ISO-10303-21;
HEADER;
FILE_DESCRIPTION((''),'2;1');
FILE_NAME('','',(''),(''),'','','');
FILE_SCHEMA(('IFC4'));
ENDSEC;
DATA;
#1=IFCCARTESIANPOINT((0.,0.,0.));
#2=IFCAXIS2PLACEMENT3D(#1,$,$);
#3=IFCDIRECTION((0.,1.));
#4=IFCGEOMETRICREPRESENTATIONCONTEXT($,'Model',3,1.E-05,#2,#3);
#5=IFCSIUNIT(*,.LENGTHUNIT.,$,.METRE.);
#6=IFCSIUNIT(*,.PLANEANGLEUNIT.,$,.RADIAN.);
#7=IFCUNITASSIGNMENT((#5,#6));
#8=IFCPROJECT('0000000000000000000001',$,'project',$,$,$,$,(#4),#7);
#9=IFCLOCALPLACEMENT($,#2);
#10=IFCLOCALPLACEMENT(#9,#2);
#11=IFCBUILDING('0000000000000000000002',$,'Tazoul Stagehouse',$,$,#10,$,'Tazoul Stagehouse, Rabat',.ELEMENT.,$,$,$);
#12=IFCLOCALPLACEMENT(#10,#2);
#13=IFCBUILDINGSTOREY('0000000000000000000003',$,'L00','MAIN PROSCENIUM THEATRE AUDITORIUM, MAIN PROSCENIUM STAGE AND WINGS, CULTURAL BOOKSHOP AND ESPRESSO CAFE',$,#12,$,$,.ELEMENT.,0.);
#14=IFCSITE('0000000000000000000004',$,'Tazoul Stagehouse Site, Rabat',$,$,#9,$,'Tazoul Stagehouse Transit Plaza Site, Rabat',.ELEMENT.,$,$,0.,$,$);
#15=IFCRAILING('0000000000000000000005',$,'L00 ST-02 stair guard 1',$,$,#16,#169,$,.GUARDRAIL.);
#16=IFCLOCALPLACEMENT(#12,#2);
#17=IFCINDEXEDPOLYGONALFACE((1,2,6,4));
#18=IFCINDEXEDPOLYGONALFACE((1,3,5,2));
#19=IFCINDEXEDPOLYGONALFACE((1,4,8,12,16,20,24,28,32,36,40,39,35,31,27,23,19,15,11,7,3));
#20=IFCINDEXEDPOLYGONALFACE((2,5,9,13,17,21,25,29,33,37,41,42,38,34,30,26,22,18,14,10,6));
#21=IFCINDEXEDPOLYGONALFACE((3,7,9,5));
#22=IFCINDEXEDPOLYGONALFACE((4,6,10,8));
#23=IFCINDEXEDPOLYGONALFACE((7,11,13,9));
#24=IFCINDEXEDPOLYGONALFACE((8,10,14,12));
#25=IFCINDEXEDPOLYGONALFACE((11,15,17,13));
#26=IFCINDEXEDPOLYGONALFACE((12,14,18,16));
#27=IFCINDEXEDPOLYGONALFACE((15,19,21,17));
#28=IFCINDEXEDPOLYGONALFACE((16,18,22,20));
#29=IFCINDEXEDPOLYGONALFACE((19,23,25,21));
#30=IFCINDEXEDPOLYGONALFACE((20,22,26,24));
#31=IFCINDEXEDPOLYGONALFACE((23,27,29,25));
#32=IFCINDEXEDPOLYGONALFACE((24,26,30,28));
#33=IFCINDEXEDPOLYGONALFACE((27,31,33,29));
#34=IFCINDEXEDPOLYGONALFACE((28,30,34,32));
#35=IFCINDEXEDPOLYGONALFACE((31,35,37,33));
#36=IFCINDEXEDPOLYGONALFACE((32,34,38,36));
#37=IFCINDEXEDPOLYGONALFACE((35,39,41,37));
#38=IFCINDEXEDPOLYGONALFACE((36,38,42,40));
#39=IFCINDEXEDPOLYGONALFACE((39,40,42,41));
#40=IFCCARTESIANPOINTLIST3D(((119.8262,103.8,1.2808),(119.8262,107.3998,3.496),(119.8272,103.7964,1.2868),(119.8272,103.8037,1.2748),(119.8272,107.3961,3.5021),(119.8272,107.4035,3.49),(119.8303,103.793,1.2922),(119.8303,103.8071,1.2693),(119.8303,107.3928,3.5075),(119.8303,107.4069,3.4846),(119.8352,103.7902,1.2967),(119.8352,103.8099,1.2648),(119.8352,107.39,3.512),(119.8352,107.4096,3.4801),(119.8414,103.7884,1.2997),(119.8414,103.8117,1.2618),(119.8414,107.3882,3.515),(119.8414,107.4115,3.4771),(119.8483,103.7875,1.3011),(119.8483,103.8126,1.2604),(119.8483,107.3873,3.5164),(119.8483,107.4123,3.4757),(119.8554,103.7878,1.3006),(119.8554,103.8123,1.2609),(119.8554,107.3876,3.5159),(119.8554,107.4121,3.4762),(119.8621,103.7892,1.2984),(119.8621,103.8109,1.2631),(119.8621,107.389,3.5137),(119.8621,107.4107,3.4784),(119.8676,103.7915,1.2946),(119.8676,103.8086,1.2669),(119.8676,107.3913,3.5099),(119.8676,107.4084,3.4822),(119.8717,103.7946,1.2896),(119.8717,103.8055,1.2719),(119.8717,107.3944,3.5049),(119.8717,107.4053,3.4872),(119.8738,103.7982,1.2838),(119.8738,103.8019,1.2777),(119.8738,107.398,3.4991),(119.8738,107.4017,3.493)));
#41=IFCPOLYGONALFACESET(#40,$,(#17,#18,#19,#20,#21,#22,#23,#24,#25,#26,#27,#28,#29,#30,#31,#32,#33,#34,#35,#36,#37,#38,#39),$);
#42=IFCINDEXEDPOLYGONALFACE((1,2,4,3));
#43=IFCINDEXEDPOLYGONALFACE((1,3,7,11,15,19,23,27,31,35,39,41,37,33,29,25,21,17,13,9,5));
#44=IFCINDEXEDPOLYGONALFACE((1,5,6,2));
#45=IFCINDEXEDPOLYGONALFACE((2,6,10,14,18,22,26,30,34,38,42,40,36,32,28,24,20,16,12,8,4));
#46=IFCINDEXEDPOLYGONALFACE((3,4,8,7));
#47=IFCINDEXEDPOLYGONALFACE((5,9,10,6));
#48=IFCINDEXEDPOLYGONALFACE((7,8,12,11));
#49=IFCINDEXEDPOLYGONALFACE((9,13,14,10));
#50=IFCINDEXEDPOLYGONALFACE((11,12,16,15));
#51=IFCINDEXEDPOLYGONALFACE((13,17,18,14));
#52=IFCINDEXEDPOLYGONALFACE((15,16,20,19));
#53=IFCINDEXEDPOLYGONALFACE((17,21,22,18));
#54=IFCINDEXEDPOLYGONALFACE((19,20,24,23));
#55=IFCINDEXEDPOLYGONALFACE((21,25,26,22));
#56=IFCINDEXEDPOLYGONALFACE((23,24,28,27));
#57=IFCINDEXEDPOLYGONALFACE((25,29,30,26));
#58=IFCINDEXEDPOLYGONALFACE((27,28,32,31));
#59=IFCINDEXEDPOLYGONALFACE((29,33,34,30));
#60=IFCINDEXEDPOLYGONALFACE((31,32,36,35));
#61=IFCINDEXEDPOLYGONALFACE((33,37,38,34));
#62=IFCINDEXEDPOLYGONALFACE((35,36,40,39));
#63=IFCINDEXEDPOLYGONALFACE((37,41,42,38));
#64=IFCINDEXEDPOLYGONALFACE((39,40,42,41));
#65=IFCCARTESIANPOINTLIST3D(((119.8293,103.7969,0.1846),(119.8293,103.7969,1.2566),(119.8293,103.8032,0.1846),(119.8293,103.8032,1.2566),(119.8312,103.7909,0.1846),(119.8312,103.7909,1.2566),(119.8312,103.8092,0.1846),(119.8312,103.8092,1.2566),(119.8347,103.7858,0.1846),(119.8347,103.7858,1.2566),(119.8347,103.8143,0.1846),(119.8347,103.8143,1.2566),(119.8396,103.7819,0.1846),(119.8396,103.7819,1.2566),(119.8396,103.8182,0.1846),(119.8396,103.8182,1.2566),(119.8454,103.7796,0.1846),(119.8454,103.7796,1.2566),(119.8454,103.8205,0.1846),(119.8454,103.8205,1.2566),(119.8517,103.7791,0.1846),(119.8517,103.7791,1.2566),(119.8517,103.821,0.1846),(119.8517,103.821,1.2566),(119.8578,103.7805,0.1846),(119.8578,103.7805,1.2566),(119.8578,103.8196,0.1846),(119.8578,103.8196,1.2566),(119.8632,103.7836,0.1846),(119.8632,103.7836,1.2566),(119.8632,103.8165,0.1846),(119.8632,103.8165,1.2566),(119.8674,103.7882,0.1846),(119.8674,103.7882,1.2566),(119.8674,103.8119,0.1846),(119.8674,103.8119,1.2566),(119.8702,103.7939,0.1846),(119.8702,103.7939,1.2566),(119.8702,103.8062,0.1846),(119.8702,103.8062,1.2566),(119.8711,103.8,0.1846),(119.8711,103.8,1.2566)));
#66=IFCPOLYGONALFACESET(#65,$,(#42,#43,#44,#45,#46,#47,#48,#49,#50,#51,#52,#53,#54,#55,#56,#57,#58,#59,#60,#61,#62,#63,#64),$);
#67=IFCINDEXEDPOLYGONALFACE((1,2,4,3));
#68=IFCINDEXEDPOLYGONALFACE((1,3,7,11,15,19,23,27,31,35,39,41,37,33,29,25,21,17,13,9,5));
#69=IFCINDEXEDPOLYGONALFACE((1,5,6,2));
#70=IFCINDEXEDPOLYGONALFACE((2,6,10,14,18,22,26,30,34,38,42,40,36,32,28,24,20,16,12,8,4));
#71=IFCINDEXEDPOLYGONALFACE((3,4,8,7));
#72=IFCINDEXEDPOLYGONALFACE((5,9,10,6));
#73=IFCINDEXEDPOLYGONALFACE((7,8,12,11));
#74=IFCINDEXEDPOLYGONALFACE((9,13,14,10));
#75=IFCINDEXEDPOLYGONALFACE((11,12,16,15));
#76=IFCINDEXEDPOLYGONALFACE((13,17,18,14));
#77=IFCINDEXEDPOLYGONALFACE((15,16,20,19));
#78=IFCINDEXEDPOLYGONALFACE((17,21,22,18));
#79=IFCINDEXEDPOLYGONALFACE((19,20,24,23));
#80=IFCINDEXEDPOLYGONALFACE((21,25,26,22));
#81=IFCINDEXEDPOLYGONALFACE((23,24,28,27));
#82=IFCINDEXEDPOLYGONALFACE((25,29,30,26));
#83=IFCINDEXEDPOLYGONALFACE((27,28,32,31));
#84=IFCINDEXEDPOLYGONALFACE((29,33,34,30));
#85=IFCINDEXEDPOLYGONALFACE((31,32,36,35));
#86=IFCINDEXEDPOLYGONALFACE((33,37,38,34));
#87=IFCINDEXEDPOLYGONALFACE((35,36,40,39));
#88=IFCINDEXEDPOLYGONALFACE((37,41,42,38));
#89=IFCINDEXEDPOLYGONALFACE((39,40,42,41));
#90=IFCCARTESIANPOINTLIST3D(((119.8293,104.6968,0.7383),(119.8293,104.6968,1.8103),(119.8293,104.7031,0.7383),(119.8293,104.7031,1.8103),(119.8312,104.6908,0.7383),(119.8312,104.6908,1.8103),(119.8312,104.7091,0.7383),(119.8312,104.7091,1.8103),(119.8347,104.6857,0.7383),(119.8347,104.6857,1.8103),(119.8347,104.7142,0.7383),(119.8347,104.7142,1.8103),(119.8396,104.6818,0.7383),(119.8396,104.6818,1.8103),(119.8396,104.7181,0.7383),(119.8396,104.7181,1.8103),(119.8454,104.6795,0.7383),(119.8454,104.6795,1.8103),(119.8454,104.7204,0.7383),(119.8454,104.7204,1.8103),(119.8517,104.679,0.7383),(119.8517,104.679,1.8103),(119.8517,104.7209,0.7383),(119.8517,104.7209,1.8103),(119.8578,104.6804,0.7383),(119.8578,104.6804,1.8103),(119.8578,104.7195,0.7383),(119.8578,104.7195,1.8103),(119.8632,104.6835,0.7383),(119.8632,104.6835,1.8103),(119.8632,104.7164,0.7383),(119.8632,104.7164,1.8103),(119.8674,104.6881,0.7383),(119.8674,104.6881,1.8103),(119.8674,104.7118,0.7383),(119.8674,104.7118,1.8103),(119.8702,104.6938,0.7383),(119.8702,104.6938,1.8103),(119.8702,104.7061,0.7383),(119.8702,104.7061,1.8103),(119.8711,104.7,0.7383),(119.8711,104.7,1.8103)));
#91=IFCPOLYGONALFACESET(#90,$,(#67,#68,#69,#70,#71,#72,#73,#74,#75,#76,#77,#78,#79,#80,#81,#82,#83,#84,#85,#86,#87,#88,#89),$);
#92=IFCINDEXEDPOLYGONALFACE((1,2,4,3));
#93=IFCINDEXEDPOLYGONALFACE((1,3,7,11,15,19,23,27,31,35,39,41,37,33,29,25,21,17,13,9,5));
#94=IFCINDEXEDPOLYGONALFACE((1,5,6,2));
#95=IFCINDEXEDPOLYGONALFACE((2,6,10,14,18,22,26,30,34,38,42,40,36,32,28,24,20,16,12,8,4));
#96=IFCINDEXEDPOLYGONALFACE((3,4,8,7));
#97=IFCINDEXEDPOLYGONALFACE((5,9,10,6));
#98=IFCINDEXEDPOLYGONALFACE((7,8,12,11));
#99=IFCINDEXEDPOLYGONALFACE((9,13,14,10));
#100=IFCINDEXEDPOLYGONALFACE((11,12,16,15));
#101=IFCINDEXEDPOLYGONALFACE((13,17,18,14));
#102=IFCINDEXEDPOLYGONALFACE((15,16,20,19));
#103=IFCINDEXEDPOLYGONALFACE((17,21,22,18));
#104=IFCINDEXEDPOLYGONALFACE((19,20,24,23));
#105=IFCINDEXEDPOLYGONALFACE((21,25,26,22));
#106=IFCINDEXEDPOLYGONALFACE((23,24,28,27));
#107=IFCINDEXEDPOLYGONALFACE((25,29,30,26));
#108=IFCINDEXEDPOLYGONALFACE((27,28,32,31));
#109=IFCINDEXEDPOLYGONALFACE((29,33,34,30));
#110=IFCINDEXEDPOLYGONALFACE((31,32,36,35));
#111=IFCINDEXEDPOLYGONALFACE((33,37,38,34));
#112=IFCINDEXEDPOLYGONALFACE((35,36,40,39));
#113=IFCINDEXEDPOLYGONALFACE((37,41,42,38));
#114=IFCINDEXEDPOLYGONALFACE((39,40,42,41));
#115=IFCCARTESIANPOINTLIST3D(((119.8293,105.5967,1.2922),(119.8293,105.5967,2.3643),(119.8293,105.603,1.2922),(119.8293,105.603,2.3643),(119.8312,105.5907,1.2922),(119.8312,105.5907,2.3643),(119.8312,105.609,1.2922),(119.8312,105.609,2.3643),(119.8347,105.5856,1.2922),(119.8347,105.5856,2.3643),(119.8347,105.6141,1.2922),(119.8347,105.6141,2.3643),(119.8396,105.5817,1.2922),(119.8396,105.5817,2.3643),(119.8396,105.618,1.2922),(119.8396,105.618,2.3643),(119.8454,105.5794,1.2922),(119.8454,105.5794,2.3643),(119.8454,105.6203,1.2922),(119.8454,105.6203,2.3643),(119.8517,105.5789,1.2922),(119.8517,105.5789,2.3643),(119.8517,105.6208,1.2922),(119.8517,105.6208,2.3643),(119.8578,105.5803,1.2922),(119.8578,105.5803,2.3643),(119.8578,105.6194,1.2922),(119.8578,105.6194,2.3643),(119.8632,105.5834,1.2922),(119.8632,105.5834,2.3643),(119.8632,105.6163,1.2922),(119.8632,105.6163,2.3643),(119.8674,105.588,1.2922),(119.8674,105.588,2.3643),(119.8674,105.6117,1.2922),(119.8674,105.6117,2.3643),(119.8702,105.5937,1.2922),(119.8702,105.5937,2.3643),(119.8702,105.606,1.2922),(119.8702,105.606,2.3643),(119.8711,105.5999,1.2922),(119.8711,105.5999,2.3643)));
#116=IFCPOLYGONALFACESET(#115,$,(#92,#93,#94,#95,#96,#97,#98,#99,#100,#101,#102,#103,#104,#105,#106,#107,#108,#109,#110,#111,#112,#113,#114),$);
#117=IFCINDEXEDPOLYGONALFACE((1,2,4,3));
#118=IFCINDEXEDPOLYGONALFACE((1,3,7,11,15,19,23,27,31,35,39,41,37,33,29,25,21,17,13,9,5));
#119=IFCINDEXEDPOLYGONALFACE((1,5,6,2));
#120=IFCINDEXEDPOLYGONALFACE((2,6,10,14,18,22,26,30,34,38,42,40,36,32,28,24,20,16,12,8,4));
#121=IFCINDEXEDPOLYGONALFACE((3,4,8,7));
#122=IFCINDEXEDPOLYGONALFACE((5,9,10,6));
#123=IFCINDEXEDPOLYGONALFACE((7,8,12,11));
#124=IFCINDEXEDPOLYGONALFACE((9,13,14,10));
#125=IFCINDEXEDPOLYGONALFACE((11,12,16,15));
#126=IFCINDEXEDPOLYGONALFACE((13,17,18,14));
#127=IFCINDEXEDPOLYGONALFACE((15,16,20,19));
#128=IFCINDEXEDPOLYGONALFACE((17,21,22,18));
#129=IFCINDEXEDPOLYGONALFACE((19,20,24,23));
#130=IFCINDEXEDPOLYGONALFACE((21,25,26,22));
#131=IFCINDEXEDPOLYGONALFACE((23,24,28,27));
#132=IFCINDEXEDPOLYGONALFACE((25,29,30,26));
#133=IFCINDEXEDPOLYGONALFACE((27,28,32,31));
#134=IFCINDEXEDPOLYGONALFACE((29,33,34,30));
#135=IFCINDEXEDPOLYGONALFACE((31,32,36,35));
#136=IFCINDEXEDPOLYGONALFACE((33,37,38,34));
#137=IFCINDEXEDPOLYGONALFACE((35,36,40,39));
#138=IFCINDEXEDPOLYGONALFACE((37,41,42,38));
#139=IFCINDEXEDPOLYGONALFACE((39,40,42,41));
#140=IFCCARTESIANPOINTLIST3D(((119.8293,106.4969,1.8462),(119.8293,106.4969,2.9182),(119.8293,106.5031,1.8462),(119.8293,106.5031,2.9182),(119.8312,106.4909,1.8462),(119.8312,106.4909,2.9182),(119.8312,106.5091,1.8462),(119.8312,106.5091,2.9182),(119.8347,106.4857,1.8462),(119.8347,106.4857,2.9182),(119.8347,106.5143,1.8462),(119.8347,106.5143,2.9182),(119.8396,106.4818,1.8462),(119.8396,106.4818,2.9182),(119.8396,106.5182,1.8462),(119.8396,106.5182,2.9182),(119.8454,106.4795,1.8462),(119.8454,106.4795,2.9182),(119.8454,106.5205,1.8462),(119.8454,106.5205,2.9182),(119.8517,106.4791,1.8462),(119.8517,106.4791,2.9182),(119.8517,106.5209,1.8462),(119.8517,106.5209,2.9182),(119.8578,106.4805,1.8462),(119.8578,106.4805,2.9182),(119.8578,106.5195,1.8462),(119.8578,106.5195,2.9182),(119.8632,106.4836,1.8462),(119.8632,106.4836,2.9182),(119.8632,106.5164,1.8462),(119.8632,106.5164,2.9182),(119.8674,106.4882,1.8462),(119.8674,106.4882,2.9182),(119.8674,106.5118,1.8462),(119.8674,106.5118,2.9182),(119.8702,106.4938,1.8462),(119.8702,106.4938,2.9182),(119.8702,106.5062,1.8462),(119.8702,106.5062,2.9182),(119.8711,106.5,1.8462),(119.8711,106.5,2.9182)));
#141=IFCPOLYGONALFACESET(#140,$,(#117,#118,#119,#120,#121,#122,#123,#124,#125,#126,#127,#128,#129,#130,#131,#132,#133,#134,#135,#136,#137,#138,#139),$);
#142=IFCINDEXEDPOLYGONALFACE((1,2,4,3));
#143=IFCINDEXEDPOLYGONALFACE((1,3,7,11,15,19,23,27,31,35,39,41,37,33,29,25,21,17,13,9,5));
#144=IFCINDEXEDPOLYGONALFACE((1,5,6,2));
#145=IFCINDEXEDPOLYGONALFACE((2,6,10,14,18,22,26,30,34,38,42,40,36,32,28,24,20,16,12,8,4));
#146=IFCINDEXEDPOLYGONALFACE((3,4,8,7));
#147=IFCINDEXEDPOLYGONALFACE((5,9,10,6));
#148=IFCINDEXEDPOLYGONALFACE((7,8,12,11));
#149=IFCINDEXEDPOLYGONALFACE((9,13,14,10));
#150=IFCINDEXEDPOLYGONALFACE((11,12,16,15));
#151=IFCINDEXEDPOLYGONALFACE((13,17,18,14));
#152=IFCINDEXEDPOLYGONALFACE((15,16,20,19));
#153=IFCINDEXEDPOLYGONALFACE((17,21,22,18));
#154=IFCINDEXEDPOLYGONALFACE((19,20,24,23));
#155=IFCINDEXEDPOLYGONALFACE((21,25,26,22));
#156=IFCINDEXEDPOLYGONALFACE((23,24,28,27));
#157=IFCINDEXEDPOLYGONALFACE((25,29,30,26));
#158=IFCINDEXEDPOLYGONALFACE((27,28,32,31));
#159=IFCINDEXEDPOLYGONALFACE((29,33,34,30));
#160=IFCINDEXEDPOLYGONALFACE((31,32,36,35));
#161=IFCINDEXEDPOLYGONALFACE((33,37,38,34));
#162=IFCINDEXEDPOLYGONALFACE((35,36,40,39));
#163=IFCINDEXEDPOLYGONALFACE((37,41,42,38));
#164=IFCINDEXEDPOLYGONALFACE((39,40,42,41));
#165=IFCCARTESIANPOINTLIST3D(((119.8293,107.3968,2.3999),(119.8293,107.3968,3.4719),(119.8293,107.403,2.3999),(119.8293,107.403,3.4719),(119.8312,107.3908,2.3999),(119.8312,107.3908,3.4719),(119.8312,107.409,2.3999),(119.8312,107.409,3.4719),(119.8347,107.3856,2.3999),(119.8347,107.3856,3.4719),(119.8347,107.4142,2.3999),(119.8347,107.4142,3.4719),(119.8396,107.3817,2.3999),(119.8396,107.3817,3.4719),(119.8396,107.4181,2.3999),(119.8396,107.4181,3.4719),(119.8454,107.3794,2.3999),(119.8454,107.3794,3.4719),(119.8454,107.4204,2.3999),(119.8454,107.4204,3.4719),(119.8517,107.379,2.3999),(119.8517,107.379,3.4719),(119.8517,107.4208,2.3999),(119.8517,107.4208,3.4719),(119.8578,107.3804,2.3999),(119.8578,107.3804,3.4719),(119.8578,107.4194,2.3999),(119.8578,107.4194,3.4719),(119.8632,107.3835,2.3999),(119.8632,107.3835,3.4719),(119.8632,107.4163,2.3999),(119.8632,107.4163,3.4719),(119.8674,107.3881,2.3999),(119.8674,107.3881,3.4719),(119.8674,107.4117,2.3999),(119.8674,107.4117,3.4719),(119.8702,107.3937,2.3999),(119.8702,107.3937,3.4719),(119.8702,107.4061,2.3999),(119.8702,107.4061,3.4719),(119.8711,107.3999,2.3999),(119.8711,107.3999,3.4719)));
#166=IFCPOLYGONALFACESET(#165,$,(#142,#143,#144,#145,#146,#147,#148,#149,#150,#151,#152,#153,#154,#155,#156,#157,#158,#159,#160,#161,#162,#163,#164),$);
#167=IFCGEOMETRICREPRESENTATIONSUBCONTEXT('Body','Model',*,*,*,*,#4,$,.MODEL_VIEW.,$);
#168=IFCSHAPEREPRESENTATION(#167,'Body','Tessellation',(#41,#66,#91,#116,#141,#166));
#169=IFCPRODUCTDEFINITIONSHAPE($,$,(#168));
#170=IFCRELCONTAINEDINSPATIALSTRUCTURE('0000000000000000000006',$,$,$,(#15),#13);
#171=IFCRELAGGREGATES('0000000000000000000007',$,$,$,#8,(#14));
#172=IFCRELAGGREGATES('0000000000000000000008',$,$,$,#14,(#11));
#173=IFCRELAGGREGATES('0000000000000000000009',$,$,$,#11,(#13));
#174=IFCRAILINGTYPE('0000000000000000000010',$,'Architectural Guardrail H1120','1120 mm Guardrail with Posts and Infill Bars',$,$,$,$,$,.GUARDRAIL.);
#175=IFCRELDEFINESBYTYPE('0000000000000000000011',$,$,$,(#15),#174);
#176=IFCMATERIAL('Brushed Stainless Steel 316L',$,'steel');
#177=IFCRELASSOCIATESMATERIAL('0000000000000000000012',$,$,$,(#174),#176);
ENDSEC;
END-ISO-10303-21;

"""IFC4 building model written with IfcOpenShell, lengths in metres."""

from ifc_helpers import new_model, si_unit, direction, frame, origin, origin_2d, place, context, subcontext, project, spatial, circle, extrude, material, material_profile, profile_set, type_object, element, save


model = new_model("IFC4")

# Units and contexts
model_context = context("Model", 3, precision=1e-05, world=origin(), true_north=direction((0.0, 1.0)))
body_context = subcontext(model_context, "Body", "Model", "MODEL_VIEW")
ifc_project = project(units=[si_unit("LENGTHUNIT", "METRE"), si_unit("PLANEANGLEUNIT", "RADIAN")], contexts=[model_context])

# Site, building, storey
site_placement = place(None, origin())
site = spatial("IfcSite", under=ifc_project, at=site_placement, Name="Tazoul Stagehouse Site, Rabat", LongName="Tazoul Stagehouse Transit Plaza Site, Rabat", CompositionType="ELEMENT", RefElevation=0.0)
building_placement = place(site_placement, origin())
building = spatial("IfcBuilding", under=site, at=building_placement, Name="Tazoul Stagehouse", LongName="Tazoul Stagehouse, Rabat", CompositionType="ELEMENT")
storey_placement = place(building_placement, origin())
storey = spatial("IfcBuildingStorey", under=building, at=storey_placement, Name="L00", Description="MAIN PROSCENIUM THEATRE AUDITORIUM, MAIN PROSCENIUM STAGE AND WINGS, CULTURAL BOOKSHOP AND ESPRESSO CAFE", CompositionType="ELEMENT", Elevation=0.0)

# Railing
ifc_material_1 = material(Name="Brushed Stainless Steel 316L", Category="steel")
ifc_material_profile_1 = material_profile(ifc_material_1, circle(Radius=0.0239, at=origin_2d()), Name="SS RAIL D48")
ifc_profile_set_1 = profile_set([ifc_material_profile_1], Name="Brushed Stainless Steel 316L")
railing_type_1 = type_object("IfcRailingType", Name="Architectural Guardrail H1120", Description="1120 mm Guardrail with Posts and Infill Bars", PredefinedType="GUARDRAIL", material=ifc_profile_set_1)
railing_1_placement = place(storey_placement, frame((119.8501, 103.8, 0.1846)))
element("IfcRailing", 1, at=railing_1_placement, inside=storey, type_object=railing_type_1, Name="L00 ST-02 stair guard 1", PredefinedType="GUARDRAIL", context=body_context, shape_type="SweptSolid", body=[
    extrude(circle(Radius=0.0239, at=origin_2d()), frame((0.0, 0.0, 1.0962), z_axis=(0.0, 0.851654, 0.524104), x_axis=(-1.0, 0.0, 0.0)), (0.0, 0.0, 1.0), 4.2268),
    extrude(circle(Radius=0.021, at=origin_2d()), origin(), (0.0, 0.0, 1.0), 1.072),
    extrude(circle(Radius=0.021, at=origin_2d()), frame((0.0, 0.8999, 0.5537)), (0.0, 0.0, 1.0), 1.072),
    extrude(circle(Radius=0.021, at=origin_2d()), frame((0.0, 1.7998, 1.1077)), (0.0, 0.0, 1.0), 1.072),
    extrude(circle(Radius=0.021, at=origin_2d()), frame((0.0, 2.7, 1.6616)), (0.0, 0.0, 1.0), 1.072),
    extrude(circle(Radius=0.021, at=origin_2d()), frame((0.0, 3.5999, 2.2153)), (0.0, 0.0, 1.0), 1.072),
])

save(model, "model.ifc")
